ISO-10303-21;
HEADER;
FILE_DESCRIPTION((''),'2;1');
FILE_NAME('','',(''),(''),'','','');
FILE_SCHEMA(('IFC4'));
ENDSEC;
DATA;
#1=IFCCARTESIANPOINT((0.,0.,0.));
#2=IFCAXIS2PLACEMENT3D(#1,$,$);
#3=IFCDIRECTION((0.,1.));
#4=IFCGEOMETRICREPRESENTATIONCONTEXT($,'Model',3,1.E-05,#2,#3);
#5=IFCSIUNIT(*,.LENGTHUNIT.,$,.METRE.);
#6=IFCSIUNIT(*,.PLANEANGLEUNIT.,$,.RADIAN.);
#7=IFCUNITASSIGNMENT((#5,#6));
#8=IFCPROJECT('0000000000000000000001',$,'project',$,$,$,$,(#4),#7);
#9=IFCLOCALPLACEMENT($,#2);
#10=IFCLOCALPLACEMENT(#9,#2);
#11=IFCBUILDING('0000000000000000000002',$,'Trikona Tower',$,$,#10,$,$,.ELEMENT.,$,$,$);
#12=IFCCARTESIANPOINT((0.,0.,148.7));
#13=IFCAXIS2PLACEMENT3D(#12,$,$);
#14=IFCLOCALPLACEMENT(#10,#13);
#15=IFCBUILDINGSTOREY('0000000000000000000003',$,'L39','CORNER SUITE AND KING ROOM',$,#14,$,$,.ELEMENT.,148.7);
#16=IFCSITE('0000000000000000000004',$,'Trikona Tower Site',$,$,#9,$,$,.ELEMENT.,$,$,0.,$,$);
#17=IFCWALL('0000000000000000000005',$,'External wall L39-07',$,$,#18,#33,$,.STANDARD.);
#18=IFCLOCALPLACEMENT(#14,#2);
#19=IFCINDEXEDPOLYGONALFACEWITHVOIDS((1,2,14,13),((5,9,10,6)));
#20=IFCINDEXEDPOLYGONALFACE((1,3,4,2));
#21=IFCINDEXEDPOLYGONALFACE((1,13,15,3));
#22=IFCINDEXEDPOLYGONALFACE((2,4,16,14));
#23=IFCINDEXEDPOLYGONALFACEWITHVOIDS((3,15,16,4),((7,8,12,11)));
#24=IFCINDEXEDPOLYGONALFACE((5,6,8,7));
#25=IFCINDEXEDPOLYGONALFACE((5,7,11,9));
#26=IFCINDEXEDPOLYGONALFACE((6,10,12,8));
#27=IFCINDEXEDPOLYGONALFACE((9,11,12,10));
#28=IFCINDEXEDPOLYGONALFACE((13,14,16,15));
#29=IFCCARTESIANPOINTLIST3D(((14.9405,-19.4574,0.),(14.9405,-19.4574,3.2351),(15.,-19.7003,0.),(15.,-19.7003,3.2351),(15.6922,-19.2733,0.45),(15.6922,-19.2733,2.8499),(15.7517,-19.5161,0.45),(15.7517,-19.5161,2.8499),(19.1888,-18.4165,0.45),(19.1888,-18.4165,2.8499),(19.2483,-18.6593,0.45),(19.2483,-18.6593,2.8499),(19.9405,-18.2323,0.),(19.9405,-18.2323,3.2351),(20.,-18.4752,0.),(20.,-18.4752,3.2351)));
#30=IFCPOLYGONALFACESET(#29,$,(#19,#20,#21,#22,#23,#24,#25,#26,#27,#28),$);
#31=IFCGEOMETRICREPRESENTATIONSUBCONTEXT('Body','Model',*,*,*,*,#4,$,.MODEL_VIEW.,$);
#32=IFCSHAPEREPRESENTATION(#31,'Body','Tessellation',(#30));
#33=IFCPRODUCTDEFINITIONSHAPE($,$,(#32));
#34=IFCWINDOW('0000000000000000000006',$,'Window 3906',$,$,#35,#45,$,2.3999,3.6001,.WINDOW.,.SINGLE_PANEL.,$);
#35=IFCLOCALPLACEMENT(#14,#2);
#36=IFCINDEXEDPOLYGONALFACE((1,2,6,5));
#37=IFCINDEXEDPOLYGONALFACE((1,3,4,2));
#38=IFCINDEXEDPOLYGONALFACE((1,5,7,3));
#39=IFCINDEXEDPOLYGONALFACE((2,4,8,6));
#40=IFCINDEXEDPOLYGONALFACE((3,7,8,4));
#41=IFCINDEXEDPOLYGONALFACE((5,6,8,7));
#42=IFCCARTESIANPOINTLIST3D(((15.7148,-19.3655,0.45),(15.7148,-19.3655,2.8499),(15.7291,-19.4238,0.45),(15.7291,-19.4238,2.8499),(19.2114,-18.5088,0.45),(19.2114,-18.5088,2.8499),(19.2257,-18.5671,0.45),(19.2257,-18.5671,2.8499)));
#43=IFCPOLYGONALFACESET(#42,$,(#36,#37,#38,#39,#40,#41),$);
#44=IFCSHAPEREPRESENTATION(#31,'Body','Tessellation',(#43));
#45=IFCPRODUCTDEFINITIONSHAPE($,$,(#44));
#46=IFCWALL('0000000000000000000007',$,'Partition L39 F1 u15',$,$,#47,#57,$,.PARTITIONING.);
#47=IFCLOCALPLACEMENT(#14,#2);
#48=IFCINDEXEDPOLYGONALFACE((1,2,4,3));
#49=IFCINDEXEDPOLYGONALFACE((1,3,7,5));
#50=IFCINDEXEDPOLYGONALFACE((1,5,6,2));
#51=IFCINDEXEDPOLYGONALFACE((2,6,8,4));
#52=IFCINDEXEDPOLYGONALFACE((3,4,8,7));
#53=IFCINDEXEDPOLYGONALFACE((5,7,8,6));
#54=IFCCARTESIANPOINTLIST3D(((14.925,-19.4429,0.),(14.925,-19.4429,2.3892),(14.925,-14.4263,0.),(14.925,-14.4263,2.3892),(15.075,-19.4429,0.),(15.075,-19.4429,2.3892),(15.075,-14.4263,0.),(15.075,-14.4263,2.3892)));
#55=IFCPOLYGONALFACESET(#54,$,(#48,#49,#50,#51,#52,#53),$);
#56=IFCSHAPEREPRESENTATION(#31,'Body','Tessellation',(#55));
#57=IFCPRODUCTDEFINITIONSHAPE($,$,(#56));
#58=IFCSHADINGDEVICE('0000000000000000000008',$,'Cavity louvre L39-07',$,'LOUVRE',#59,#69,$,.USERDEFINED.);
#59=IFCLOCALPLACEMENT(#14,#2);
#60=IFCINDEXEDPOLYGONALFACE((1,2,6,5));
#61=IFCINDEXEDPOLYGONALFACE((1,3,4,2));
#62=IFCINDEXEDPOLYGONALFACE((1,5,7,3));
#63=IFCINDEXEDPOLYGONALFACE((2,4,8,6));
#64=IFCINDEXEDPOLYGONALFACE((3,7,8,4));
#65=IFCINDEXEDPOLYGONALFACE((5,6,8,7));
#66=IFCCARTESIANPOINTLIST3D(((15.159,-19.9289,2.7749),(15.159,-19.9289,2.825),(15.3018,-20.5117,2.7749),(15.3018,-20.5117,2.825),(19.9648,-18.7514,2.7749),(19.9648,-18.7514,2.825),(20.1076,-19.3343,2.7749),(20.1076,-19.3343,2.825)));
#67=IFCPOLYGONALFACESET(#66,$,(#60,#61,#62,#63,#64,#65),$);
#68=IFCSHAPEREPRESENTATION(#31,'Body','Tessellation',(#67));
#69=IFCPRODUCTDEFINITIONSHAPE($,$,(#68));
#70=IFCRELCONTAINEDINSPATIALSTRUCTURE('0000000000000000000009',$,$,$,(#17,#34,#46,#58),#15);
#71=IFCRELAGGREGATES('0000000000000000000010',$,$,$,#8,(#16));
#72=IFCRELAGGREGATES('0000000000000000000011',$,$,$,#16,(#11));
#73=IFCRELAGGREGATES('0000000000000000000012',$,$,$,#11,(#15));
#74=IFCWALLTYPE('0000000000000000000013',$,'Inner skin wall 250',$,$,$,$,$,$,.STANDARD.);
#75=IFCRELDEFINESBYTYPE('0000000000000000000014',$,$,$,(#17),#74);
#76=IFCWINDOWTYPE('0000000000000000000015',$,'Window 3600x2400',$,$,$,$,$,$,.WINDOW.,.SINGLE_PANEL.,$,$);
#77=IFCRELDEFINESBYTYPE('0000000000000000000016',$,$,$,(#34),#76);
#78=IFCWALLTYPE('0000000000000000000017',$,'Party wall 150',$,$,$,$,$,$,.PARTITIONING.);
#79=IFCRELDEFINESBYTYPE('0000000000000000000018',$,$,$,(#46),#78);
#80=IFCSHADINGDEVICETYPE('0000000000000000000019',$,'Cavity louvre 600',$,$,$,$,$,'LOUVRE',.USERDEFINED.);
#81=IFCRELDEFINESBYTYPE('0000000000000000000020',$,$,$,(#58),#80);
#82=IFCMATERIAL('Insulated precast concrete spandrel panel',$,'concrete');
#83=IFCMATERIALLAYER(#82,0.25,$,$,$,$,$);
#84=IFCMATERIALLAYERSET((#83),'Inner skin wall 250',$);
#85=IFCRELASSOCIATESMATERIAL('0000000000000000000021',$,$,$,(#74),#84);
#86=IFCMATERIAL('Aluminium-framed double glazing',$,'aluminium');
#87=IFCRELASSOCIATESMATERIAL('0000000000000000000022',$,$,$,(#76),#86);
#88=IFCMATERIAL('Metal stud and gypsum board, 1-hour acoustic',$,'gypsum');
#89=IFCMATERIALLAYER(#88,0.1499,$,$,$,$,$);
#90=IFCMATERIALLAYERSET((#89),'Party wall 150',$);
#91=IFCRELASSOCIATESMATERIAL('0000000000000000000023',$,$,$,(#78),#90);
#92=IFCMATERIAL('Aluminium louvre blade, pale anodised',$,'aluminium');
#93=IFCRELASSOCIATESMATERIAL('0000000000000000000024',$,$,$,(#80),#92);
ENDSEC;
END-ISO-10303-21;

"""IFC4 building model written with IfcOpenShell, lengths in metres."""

from ifc_helpers import new_model, si_unit, direction, frame, frame_2d, origin, origin_2d, place, context, subcontext, project, spatial, rectangle, extrude, material, layer, layer_set, type_object, element, fill, save


model = new_model("IFC4")

# Units and contexts
model_context = context("Model", 3, precision=1e-05, world=origin(), true_north=direction((0.0, 1.0)))
body_context = subcontext(model_context, "Body", "Model", "MODEL_VIEW")
ifc_project = project(units=[si_unit("LENGTHUNIT", "METRE"), si_unit("PLANEANGLEUNIT", "RADIAN")], contexts=[model_context])

# Site, building, storey
site_placement = place(None, origin())
site = spatial("IfcSite", under=ifc_project, at=site_placement, Name="Trikona Tower Site", CompositionType="ELEMENT", RefElevation=0.0)
building_placement = place(site_placement, origin())
building = spatial("IfcBuilding", under=site, at=building_placement, Name="Trikona Tower", CompositionType="ELEMENT")
storey_placement = place(building_placement, frame((0.0, 0.0, 148.7)))
storey = spatial("IfcBuildingStorey", under=building, at=storey_placement, Name="L39", Description="CORNER SUITE AND KING ROOM", CompositionType="ELEMENT", Elevation=148.7)

# Wall, opening, window
ifc_material_1 = material(Name="Insulated precast concrete spandrel panel", Category="concrete")
ifc_layer_1 = layer(ifc_material_1, 0.25)
ifc_layer_set_1 = layer_set([ifc_layer_1], Name="Inner skin wall 250")
wall_type_1 = type_object("IfcWallType", Name="Inner skin wall 250", PredefinedType="STANDARD", material=ifc_layer_set_1)
wall_1_placement = place(storey_placement, frame((14.9702, -19.5789, 0.0), z_axis=(0.0, 0.0, 1.0), x_axis=(0.97127, 0.23798, 0.0)))
wall_1 = element("IfcWall", 1, at=wall_1_placement, inside=storey, type_object=wall_type_1, Name="External wall L39-07", PredefinedType="STANDARD", context=body_context, shape_type="SweptSolid", body=[
    extrude(rectangle(XDim=5.1479, YDim=0.25, at=frame_2d((2.574, 0.0))), origin(), (0.0, 0.0, 1.0), 3.2351),
])
opening_placement = place(wall_1_placement, frame((0.7739, 0.0, 0.45)))
opening = element("IfcOpeningElement", 2, at=opening_placement, cuts=wall_1, PredefinedType="OPENING", context=body_context, shape_type="SweptSolid", body=[
    extrude(rectangle(XDim=3.6001, YDim=2.3999, at=frame_2d((1.8, 1.2))), frame((0.0, 0.135, 0.0), z_axis=(0.0, -1.0, 0.0), x_axis=(1.0, 0.0, 0.0)), (0.0, 0.0, 1.0), 0.27),
])
ifc_material_2 = material(Name="Aluminium-framed double glazing", Category="aluminium")
window_type = type_object("IfcWindowType", Name="Window 3600x2400", PartitioningType="SINGLE_PANEL", PredefinedType="WINDOW", material=ifc_material_2)
window_placement = place(opening_placement, origin())
window = element("IfcWindow", 3, at=window_placement, inside=storey, type_object=window_type, Name="Window 3906", OverallHeight=2.3999, OverallWidth=3.6001, PartitioningType="SINGLE_PANEL", PredefinedType="WINDOW", context=body_context, shape_type="SweptSolid", body=[
    extrude(rectangle(XDim=3.6001, YDim=2.3999, at=frame_2d((1.8, 1.2))), frame((0.0, 0.03, 0.0), z_axis=(0.0, -1.0, 0.0), x_axis=(1.0, 0.0, 0.0)), (0.0, 0.0, 1.0), 0.0601),
])
fill(opening, window)

# Wall
ifc_material_3 = material(Name="Metal stud and gypsum board, 1-hour acoustic", Category="gypsum")
ifc_layer_2 = layer(ifc_material_3, 0.1499)
ifc_layer_set_2 = layer_set([ifc_layer_2], Name="Party wall 150")
wall_type_2 = type_object("IfcWallType", Name="Party wall 150", PredefinedType="PARTITIONING", material=ifc_layer_set_2)
wall_2_placement = place(storey_placement, frame((15.0, -14.4263, 0.0), z_axis=(0.0, 0.0, 1.0), x_axis=(0.0, -1.0, 0.0)))
element("IfcWall", 4, at=wall_2_placement, inside=storey, type_object=wall_type_2, Name="Partition L39 F1 u15", PredefinedType="PARTITIONING", context=body_context, shape_type="SweptSolid", body=[
    extrude(rectangle(XDim=5.0166, YDim=0.1499, at=frame_2d((2.5083, 0.0))), origin(), (0.0, 0.0, 1.0), 2.3892),
])

# Shading device
ifc_material_4 = material(Name="Aluminium louvre blade, pale anodised", Category="aluminium")
shading_device_type = type_object("IfcShadingDeviceType", Name="Cavity louvre 600", ElementType="LOUVRE", PredefinedType="USERDEFINED", material=ifc_material_4)
shading_device_placement = place(storey_placement, frame((17.6333, -19.6316, 2.7749), z_axis=(0.0, 0.0, 1.0), x_axis=(0.971274, 0.237962, 0.0)))
element("IfcShadingDevice", 5, at=shading_device_placement, inside=storey, type_object=shading_device_type, Name="Cavity louvre L39-07", ObjectType="LOUVRE", PredefinedType="USERDEFINED", context=body_context, shape_type="SweptSolid", body=[
    extrude(rectangle(XDim=4.948, YDim=0.6001, at=origin_2d()), origin(), (0.0, 0.0, 1.0), 0.05),
])

save(model, "model.ifc")
